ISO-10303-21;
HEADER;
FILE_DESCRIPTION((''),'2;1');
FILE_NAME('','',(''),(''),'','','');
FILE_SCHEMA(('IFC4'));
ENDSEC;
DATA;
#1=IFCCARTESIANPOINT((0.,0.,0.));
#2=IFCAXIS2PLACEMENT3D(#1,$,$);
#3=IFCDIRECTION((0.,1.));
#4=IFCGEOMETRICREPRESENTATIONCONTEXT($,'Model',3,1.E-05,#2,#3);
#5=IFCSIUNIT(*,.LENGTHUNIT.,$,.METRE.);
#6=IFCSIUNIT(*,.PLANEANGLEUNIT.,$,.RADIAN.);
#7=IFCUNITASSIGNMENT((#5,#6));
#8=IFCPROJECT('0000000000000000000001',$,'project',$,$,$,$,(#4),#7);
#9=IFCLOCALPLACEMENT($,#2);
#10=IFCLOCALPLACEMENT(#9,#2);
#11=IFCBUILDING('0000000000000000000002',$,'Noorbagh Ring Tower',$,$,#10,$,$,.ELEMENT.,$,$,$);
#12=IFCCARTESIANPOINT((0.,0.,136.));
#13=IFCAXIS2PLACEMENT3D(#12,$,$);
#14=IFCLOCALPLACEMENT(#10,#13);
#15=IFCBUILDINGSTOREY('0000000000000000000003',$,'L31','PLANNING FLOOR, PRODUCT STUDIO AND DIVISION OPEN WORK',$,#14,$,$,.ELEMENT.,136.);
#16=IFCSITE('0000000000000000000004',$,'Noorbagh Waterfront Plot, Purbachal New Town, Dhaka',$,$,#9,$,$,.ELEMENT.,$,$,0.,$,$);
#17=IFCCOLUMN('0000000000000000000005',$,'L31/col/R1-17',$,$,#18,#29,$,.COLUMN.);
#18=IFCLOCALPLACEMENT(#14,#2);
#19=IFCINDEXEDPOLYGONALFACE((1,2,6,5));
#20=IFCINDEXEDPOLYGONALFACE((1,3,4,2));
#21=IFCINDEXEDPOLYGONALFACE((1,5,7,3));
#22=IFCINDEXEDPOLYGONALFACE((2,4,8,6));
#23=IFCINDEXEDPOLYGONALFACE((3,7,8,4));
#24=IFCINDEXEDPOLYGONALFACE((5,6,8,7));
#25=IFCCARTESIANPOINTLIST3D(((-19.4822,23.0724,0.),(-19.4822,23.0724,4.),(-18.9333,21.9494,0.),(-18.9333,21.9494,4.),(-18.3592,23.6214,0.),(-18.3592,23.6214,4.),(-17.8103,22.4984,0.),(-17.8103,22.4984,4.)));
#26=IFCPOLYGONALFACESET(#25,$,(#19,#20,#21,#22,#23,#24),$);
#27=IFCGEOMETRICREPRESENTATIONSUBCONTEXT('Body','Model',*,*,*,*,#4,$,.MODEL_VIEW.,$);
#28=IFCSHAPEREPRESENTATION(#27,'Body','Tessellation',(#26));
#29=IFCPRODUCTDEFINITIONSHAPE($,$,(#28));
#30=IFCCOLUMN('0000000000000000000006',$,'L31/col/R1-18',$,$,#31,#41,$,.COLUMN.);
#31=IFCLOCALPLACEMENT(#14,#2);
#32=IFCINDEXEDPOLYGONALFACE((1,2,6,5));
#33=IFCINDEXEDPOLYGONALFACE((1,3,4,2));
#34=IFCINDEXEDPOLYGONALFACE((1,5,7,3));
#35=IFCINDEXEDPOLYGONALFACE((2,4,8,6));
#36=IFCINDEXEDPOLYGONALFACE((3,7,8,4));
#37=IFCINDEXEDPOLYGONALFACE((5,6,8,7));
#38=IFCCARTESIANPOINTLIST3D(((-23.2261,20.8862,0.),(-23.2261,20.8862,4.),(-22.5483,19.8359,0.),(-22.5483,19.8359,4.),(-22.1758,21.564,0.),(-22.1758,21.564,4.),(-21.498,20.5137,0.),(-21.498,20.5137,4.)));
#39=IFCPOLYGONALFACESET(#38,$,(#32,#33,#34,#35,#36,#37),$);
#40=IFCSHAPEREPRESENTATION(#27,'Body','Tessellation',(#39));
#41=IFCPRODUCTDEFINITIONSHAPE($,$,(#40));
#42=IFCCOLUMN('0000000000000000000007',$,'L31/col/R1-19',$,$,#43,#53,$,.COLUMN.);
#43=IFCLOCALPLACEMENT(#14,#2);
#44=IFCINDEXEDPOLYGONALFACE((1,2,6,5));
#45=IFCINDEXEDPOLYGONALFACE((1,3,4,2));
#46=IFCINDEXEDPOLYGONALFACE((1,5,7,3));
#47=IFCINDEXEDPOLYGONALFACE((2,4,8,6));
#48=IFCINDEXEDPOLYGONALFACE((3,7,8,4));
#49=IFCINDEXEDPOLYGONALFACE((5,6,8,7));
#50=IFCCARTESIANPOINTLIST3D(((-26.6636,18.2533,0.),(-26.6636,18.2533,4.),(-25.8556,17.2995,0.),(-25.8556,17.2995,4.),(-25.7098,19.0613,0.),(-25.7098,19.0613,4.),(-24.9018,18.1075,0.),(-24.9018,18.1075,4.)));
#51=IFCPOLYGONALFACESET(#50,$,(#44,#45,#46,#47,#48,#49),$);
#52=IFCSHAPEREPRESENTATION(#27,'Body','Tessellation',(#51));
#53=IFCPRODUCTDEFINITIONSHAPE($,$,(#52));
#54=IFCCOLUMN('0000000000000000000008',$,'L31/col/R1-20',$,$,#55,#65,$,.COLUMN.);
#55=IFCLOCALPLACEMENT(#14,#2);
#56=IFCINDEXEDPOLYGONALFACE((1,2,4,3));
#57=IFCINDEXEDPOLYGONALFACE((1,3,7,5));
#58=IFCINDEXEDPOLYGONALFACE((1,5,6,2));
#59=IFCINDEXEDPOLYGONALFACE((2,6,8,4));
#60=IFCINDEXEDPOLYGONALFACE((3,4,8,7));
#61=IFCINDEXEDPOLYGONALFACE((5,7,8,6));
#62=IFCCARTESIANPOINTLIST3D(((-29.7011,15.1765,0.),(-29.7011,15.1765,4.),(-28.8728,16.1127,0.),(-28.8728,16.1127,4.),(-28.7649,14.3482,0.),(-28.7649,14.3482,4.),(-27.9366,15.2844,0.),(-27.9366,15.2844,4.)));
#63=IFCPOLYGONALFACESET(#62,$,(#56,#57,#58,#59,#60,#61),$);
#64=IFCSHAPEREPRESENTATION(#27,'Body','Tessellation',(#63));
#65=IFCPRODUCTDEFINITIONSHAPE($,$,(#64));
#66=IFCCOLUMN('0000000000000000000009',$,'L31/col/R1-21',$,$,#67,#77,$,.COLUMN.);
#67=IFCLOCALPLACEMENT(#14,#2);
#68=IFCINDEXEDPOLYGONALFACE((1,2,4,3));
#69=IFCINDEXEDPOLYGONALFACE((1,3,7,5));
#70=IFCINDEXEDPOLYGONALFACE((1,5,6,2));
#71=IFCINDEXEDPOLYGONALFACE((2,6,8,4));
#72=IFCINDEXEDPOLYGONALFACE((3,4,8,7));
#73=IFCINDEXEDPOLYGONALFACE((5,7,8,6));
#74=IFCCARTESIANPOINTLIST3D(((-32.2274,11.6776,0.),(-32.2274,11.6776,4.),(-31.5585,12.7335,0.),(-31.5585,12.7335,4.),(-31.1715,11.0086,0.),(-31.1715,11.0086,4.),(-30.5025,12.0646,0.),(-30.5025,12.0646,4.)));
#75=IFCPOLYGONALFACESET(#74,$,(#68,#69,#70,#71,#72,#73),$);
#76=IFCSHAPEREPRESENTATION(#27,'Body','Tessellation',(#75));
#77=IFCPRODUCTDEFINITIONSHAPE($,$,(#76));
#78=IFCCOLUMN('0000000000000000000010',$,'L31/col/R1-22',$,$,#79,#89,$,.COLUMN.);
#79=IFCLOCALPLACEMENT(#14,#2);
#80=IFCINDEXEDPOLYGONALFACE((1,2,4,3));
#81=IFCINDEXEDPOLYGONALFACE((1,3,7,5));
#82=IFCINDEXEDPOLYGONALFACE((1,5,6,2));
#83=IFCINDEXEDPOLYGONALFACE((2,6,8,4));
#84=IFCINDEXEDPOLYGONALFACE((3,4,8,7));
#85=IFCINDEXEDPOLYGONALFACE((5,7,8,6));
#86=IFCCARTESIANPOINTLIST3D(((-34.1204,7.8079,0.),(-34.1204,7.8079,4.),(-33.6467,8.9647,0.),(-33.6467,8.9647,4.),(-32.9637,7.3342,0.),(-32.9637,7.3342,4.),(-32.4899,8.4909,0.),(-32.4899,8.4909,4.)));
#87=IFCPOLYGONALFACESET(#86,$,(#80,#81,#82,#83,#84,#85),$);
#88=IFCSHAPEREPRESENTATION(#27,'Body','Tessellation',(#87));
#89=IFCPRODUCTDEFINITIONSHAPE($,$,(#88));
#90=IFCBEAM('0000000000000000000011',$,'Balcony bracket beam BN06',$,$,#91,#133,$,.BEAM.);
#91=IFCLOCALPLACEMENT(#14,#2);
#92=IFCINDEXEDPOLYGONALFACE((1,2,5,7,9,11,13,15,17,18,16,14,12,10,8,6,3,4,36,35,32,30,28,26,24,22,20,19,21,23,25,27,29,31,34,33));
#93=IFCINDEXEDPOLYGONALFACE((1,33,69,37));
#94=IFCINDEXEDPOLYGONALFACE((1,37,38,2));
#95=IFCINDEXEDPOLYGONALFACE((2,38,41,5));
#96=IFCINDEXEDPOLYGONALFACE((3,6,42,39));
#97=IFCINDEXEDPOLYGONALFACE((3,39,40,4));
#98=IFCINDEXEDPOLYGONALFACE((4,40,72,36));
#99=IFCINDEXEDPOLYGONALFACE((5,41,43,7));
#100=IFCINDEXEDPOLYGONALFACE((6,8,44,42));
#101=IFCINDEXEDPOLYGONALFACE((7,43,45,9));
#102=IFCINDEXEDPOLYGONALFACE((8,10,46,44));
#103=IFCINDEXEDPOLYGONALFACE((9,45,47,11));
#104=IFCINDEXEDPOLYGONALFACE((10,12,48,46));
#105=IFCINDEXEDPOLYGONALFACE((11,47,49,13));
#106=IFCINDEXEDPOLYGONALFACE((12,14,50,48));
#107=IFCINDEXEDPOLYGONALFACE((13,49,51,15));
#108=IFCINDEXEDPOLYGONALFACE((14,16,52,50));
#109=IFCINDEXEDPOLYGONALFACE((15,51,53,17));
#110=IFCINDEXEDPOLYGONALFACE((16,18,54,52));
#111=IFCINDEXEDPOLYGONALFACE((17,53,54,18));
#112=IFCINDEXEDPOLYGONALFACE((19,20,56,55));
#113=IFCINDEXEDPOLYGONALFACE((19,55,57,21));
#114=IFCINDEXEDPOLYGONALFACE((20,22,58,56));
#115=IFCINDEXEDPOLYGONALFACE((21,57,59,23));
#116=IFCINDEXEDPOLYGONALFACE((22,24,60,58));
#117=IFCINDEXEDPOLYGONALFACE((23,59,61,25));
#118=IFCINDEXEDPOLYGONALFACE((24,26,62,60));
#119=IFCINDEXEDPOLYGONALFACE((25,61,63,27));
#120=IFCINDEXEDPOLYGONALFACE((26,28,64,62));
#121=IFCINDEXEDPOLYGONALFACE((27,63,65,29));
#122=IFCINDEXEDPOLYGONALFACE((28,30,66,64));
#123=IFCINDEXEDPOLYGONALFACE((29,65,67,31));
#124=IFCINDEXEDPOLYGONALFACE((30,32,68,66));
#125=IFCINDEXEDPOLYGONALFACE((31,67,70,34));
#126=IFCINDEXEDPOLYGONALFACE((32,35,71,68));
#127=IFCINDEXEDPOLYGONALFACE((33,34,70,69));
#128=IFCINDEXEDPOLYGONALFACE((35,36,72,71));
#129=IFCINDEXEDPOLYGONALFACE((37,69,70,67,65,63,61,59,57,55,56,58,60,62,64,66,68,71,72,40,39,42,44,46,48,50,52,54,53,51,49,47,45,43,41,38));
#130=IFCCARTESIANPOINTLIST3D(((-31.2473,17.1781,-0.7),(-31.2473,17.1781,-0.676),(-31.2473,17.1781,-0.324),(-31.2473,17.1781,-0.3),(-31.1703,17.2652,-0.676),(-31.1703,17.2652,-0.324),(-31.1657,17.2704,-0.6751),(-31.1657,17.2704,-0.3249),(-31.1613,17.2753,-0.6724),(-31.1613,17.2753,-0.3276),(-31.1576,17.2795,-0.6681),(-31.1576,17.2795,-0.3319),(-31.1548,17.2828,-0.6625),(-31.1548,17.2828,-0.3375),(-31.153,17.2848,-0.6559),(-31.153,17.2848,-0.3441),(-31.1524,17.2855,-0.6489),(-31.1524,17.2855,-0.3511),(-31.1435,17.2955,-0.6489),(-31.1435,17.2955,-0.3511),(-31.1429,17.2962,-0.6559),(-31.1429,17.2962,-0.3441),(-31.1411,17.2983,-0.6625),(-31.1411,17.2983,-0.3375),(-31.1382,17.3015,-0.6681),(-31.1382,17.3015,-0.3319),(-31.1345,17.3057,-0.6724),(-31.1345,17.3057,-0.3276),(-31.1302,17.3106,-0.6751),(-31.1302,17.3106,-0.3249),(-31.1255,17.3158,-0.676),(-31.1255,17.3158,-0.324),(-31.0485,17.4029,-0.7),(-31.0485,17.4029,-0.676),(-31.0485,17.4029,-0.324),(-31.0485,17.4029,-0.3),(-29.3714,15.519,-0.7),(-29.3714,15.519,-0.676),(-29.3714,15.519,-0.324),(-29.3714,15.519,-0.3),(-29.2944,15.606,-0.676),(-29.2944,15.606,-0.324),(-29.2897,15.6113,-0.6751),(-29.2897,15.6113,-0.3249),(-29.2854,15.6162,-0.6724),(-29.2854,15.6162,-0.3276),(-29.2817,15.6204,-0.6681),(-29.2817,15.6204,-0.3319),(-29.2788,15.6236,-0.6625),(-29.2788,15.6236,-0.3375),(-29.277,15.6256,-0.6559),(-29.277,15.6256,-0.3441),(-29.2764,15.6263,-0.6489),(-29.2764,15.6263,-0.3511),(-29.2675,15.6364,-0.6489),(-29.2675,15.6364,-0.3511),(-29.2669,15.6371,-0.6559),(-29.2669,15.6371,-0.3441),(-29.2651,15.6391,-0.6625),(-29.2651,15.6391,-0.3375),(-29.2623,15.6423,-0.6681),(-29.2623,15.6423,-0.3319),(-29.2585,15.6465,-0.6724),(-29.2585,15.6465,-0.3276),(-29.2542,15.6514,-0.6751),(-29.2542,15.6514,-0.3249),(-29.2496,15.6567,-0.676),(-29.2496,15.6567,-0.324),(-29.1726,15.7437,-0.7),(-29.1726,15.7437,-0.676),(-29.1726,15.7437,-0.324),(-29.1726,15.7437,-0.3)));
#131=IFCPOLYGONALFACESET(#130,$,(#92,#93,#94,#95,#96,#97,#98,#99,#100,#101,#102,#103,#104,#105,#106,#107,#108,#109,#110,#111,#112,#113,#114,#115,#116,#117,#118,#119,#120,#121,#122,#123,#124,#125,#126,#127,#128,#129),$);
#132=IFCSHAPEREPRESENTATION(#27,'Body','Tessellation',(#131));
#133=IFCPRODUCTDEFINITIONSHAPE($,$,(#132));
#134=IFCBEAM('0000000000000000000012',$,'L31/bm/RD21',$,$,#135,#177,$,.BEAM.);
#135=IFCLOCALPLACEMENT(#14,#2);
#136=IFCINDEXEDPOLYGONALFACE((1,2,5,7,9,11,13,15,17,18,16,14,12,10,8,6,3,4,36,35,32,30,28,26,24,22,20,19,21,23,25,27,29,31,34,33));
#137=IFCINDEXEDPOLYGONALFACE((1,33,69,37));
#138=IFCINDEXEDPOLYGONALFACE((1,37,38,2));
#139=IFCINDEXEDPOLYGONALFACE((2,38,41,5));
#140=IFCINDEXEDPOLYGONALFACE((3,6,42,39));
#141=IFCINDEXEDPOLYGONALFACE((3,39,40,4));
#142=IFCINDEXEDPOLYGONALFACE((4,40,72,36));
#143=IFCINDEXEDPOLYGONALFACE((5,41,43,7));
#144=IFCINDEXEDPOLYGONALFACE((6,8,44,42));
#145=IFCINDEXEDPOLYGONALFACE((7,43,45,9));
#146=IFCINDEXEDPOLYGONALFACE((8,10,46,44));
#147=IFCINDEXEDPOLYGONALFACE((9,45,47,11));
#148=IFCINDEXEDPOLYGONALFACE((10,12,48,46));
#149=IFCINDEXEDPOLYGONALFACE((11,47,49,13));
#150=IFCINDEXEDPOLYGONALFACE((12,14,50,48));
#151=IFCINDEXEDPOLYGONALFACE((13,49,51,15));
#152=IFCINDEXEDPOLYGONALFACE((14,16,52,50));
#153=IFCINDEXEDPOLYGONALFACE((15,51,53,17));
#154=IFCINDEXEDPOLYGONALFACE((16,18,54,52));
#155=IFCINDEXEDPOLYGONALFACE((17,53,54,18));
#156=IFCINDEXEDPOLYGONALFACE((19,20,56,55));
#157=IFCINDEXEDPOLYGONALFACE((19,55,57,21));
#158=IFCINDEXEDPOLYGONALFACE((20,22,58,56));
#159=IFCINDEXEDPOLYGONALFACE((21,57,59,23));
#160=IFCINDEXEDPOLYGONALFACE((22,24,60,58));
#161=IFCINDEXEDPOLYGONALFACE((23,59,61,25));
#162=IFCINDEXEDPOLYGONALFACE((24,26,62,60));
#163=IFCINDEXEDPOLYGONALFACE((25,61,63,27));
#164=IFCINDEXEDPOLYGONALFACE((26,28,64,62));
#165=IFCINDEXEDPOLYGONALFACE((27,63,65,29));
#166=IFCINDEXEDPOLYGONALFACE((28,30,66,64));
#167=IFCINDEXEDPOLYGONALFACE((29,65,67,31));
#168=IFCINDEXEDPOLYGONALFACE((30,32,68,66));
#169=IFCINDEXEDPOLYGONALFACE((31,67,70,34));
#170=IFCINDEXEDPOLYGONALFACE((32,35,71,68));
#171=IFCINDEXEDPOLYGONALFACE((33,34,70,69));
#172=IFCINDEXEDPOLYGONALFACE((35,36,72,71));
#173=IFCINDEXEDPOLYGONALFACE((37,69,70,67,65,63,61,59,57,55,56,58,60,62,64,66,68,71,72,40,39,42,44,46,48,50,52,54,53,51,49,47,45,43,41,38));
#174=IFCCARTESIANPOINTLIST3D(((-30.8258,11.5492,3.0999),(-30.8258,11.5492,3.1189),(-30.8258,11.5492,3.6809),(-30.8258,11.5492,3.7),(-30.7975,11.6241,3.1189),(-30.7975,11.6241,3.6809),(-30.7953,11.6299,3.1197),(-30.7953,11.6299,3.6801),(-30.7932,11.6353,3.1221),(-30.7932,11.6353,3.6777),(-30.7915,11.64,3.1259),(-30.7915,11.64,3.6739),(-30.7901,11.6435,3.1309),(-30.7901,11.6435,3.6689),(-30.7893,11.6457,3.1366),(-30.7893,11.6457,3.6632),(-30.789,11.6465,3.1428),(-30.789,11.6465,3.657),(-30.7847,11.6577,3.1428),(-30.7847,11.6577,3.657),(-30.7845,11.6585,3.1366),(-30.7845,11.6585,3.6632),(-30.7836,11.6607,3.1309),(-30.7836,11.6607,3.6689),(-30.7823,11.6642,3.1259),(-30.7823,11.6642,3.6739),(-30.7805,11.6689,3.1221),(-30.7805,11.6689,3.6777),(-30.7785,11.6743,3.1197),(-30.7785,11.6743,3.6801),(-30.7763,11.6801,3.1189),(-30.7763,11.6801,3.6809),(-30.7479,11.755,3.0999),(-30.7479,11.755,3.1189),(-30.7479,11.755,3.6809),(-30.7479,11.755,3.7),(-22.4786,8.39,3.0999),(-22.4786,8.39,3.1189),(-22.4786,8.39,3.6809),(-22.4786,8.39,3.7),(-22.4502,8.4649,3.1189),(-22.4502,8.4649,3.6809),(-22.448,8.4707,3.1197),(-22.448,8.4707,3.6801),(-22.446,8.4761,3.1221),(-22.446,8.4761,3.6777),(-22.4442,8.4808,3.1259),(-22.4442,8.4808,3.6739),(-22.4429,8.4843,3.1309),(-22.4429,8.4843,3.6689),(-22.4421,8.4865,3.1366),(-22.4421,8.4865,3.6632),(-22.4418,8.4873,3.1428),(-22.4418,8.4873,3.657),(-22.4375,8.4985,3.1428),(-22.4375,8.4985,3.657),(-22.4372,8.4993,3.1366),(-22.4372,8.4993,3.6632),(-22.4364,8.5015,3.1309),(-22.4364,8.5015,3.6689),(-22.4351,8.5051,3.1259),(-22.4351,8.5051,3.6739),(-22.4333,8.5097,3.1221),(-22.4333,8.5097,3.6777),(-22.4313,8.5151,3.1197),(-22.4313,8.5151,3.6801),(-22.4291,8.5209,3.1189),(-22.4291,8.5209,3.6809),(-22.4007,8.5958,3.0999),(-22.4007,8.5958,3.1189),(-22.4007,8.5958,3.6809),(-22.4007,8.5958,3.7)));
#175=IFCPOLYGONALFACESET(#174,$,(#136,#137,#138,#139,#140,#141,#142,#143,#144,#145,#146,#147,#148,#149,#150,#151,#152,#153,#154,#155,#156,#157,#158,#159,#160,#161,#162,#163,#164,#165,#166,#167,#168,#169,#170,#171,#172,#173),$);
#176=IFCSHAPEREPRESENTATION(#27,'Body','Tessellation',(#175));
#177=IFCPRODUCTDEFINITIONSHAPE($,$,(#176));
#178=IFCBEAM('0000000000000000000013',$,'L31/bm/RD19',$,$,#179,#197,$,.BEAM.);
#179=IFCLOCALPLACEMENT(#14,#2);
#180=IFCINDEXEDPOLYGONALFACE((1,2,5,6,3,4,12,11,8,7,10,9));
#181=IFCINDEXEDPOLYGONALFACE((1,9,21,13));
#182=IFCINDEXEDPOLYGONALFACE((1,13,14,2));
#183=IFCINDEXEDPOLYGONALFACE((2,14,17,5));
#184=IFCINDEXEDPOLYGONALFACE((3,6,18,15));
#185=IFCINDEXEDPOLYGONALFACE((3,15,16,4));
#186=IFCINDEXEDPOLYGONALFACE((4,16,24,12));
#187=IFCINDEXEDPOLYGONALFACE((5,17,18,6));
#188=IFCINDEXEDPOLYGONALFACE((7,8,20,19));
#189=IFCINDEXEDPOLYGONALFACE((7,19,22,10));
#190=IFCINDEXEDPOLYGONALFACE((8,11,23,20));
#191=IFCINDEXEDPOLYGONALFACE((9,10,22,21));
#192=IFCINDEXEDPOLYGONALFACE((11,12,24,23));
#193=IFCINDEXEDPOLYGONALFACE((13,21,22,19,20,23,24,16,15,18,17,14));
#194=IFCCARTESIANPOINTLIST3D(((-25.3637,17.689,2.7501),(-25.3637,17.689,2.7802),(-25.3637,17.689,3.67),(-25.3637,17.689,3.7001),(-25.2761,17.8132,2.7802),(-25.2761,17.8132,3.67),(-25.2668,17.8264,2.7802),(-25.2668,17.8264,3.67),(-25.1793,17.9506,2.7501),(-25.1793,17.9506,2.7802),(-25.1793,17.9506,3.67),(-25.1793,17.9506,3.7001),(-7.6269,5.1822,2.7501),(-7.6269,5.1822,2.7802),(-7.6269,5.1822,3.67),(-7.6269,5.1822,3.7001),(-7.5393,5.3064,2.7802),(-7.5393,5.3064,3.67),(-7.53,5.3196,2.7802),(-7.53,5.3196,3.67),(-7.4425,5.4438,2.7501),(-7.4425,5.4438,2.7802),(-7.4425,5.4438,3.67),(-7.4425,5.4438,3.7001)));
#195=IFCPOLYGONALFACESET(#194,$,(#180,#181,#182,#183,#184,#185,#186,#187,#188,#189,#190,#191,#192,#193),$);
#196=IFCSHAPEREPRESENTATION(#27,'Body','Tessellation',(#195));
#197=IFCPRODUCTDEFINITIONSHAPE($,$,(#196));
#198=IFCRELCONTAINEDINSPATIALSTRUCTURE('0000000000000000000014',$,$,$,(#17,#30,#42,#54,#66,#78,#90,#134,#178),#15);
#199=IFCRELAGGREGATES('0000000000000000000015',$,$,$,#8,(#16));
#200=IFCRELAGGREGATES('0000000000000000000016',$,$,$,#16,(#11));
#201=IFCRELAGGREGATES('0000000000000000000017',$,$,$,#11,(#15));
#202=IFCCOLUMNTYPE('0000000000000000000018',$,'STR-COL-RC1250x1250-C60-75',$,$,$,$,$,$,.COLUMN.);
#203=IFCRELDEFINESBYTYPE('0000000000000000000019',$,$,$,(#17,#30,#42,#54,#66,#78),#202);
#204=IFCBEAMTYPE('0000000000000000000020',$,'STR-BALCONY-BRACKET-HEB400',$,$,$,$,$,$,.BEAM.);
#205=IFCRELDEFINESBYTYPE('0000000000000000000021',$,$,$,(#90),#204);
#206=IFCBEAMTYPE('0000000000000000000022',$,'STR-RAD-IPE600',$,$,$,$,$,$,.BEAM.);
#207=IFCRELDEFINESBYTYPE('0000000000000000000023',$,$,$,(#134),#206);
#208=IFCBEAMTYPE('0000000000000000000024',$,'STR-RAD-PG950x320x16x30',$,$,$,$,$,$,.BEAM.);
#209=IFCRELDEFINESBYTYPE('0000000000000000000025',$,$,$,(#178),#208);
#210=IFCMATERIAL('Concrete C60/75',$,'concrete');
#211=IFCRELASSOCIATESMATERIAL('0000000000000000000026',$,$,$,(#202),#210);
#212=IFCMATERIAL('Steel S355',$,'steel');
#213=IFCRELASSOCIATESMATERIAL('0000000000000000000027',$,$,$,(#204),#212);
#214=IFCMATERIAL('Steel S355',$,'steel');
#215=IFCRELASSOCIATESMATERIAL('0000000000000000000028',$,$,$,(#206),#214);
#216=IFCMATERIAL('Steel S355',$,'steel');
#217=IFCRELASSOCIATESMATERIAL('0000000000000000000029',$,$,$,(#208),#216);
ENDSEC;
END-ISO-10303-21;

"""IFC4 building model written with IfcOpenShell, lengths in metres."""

from ifc_helpers import new_model, si_unit, direction, frame, origin, origin_2d, place, context, subcontext, project, spatial, rectangle, i_section, extrude, material, material_profile, profile_set, type_object, element, save


model = new_model("IFC4")

# Units and contexts
model_context = context("Model", 3, precision=1e-05, world=origin(), true_north=direction((0.0, 1.0)))
body_context = subcontext(model_context, "Body", "Model", "MODEL_VIEW")
ifc_project = project(units=[si_unit("LENGTHUNIT", "METRE"), si_unit("PLANEANGLEUNIT", "RADIAN")], contexts=[model_context])

# Site, building, storey
site_placement = place(None, origin())
site = spatial("IfcSite", under=ifc_project, at=site_placement, Name="Noorbagh Waterfront Plot, Purbachal New Town, Dhaka", CompositionType="ELEMENT", RefElevation=0.0)
building_placement = place(site_placement, origin())
building = spatial("IfcBuilding", under=site, at=building_placement, Name="Noorbagh Ring Tower", CompositionType="ELEMENT")
storey_placement = place(building_placement, frame((0.0, 0.0, 136.0)))
storey = spatial("IfcBuildingStorey", under=building, at=storey_placement, Name="L31", Description="PLANNING FLOOR, PRODUCT STUDIO AND DIVISION OPEN WORK", CompositionType="ELEMENT", Elevation=136.0)

# Columns
ifc_material_1 = material(Name="Concrete C60/75", Category="concrete")
ifc_material_profile_1 = material_profile(ifc_material_1, rectangle(XDim=1.25, YDim=1.25, at=origin_2d()), Name="RC1250x1250")
ifc_profile_set_1 = profile_set([ifc_material_profile_1], Name="Concrete C60/75")
column_type = type_object("IfcColumnType", Name="STR-COL-RC1250x1250-C60-75", PredefinedType="COLUMN", material=ifc_profile_set_1)
for number, where, z_axis, x_axis, name in (
    (1, (-18.6462, 22.7854, 0.0), (0.0, 0.0, 1.0), (-0.898399, -0.43918, 0.0), "L31/col/R1-17"),
    (2, (-22.3621, 20.7, 0.0), (0.0, 0.0, 1.0), (-0.840248, -0.542203, 0.0), "L31/col/R1-18"),
    (3, (-25.7827, 18.1804, 0.0), (0.0, 0.0, 1.0), (-0.763035, -0.646357, 0.0), "L31/col/R1-19"),
    (4, (-28.8188, 15.2305, 0.0), (0.0, 0.0, 1.0), (-0.662636, -0.748942, 0.0), "L31/col/R1-20"),
    (5, (-31.365, 11.8711, 0.0), (0.0, 0.0, 1.0), (-0.53519, -0.844731, 0.0), "L31/col/R1-21"),
    (6, (-33.3052, 8.1494, 0.0), (0.0, 0.0, 1.0), (-0.378989, -0.925401, 0.0), "L31/col/R1-22"),
):
    element("IfcColumn", number, at=place(storey_placement, frame(where, z_axis=z_axis, x_axis=x_axis)), inside=storey, type_object=column_type, Name=name, PredefinedType="COLUMN", context=body_context, shape_type="SweptSolid", body=[
        extrude(rectangle(XDim=1.25, YDim=1.25, at=origin_2d()), origin(), (0.0, 0.0, 1.0), 4.0),
    ])

# Beams
ifc_material_2 = material(Name="Steel S355", Category="steel")
ifc_material_profile_2 = material_profile(ifc_material_2, i_section(OverallWidth=0.3, OverallDepth=0.3999, WebThickness=0.0134, FlangeThickness=0.0239, FilletRadius=0.0271, at=origin_2d()), Name="HEB400")
ifc_profile_set_2 = profile_set([ifc_material_profile_2], Name="Steel S355")
beam_type_1 = type_object("IfcBeamType", Name="STR-BALCONY-BRACKET-HEB400", PredefinedType="BEAM", material=ifc_profile_set_2)
beam_1_placement = place(storey_placement, frame((-29.272, 15.6313, -0.5), z_axis=(-0.749064, 0.662498, 0.0), x_axis=(-0.662498, -0.749064, 0.0)))
element("IfcBeam", 7, at=beam_1_placement, inside=storey, type_object=beam_type_1, Name="Balcony bracket beam BN06", PredefinedType="BEAM", context=body_context, shape_type="SweptSolid", body=[
    extrude(i_section(OverallWidth=0.3, OverallDepth=0.3999, WebThickness=0.0134, FlangeThickness=0.0239, FilletRadius=0.0271, at=origin_2d()), origin(), (0.0, 0.0, 1.0), 2.5044),
])
ifc_material_3 = material(Name="Steel S355", Category="steel")
ifc_material_profile_3 = material_profile(ifc_material_3, i_section(OverallWidth=0.22, OverallDepth=0.6001, WebThickness=0.012, FlangeThickness=0.019, FilletRadius=0.0239, at=origin_2d()), Name="IPE600")
ifc_profile_set_3 = profile_set([ifc_material_profile_3], Name="Steel S355")
beam_type_2 = type_object("IfcBeamType", Name="STR-RAD-IPE600", PredefinedType="BEAM", material=ifc_profile_set_3)
beam_2_placement = place(storey_placement, frame((-30.7869, 11.6521, 3.3999), z_axis=(0.935257, -0.35397, 0.0), x_axis=(0.35397, 0.935257, 0.0)))
element("IfcBeam", 8, at=beam_2_placement, inside=storey, type_object=beam_type_2, Name="L31/bm/RD21", PredefinedType="BEAM", context=body_context, shape_type="SweptSolid", body=[
    extrude(i_section(OverallWidth=0.22, OverallDepth=0.6001, WebThickness=0.012, FlangeThickness=0.019, FilletRadius=0.0239, at=origin_2d()), origin(), (0.0, 0.0, 1.0), 8.925),
])
ifc_material_4 = material(Name="Steel S355", Category="steel")
ifc_material_profile_4 = material_profile(ifc_material_4, i_section(OverallWidth=0.3201, OverallDepth=0.95, WebThickness=0.0161, FlangeThickness=0.03, at=origin_2d()), Name="PG950x320x16x30")
ifc_profile_set_4 = profile_set([ifc_material_profile_4], Name="Steel S355")
beam_type_3 = type_object("IfcBeamType", Name="STR-RAD-PG950x320x16x30", PredefinedType="BEAM", material=ifc_profile_set_4)
beam_3_placement = place(storey_placement, frame((-25.2715, 17.8198, 3.2251), z_axis=(0.817256, -0.576275, 0.0), x_axis=(0.576275, 0.817256, 0.0)))
element("IfcBeam", 9, at=beam_3_placement, inside=storey, type_object=beam_type_3, Name="L31/bm/RD19", PredefinedType="BEAM", context=body_context, shape_type="SweptSolid", body=[
    extrude(i_section(OverallWidth=0.3201, OverallDepth=0.95, WebThickness=0.0161, FlangeThickness=0.03, at=origin_2d()), origin(), (0.0, 0.0, 1.0), 21.7029),
])

save(model, "model.ifc")
